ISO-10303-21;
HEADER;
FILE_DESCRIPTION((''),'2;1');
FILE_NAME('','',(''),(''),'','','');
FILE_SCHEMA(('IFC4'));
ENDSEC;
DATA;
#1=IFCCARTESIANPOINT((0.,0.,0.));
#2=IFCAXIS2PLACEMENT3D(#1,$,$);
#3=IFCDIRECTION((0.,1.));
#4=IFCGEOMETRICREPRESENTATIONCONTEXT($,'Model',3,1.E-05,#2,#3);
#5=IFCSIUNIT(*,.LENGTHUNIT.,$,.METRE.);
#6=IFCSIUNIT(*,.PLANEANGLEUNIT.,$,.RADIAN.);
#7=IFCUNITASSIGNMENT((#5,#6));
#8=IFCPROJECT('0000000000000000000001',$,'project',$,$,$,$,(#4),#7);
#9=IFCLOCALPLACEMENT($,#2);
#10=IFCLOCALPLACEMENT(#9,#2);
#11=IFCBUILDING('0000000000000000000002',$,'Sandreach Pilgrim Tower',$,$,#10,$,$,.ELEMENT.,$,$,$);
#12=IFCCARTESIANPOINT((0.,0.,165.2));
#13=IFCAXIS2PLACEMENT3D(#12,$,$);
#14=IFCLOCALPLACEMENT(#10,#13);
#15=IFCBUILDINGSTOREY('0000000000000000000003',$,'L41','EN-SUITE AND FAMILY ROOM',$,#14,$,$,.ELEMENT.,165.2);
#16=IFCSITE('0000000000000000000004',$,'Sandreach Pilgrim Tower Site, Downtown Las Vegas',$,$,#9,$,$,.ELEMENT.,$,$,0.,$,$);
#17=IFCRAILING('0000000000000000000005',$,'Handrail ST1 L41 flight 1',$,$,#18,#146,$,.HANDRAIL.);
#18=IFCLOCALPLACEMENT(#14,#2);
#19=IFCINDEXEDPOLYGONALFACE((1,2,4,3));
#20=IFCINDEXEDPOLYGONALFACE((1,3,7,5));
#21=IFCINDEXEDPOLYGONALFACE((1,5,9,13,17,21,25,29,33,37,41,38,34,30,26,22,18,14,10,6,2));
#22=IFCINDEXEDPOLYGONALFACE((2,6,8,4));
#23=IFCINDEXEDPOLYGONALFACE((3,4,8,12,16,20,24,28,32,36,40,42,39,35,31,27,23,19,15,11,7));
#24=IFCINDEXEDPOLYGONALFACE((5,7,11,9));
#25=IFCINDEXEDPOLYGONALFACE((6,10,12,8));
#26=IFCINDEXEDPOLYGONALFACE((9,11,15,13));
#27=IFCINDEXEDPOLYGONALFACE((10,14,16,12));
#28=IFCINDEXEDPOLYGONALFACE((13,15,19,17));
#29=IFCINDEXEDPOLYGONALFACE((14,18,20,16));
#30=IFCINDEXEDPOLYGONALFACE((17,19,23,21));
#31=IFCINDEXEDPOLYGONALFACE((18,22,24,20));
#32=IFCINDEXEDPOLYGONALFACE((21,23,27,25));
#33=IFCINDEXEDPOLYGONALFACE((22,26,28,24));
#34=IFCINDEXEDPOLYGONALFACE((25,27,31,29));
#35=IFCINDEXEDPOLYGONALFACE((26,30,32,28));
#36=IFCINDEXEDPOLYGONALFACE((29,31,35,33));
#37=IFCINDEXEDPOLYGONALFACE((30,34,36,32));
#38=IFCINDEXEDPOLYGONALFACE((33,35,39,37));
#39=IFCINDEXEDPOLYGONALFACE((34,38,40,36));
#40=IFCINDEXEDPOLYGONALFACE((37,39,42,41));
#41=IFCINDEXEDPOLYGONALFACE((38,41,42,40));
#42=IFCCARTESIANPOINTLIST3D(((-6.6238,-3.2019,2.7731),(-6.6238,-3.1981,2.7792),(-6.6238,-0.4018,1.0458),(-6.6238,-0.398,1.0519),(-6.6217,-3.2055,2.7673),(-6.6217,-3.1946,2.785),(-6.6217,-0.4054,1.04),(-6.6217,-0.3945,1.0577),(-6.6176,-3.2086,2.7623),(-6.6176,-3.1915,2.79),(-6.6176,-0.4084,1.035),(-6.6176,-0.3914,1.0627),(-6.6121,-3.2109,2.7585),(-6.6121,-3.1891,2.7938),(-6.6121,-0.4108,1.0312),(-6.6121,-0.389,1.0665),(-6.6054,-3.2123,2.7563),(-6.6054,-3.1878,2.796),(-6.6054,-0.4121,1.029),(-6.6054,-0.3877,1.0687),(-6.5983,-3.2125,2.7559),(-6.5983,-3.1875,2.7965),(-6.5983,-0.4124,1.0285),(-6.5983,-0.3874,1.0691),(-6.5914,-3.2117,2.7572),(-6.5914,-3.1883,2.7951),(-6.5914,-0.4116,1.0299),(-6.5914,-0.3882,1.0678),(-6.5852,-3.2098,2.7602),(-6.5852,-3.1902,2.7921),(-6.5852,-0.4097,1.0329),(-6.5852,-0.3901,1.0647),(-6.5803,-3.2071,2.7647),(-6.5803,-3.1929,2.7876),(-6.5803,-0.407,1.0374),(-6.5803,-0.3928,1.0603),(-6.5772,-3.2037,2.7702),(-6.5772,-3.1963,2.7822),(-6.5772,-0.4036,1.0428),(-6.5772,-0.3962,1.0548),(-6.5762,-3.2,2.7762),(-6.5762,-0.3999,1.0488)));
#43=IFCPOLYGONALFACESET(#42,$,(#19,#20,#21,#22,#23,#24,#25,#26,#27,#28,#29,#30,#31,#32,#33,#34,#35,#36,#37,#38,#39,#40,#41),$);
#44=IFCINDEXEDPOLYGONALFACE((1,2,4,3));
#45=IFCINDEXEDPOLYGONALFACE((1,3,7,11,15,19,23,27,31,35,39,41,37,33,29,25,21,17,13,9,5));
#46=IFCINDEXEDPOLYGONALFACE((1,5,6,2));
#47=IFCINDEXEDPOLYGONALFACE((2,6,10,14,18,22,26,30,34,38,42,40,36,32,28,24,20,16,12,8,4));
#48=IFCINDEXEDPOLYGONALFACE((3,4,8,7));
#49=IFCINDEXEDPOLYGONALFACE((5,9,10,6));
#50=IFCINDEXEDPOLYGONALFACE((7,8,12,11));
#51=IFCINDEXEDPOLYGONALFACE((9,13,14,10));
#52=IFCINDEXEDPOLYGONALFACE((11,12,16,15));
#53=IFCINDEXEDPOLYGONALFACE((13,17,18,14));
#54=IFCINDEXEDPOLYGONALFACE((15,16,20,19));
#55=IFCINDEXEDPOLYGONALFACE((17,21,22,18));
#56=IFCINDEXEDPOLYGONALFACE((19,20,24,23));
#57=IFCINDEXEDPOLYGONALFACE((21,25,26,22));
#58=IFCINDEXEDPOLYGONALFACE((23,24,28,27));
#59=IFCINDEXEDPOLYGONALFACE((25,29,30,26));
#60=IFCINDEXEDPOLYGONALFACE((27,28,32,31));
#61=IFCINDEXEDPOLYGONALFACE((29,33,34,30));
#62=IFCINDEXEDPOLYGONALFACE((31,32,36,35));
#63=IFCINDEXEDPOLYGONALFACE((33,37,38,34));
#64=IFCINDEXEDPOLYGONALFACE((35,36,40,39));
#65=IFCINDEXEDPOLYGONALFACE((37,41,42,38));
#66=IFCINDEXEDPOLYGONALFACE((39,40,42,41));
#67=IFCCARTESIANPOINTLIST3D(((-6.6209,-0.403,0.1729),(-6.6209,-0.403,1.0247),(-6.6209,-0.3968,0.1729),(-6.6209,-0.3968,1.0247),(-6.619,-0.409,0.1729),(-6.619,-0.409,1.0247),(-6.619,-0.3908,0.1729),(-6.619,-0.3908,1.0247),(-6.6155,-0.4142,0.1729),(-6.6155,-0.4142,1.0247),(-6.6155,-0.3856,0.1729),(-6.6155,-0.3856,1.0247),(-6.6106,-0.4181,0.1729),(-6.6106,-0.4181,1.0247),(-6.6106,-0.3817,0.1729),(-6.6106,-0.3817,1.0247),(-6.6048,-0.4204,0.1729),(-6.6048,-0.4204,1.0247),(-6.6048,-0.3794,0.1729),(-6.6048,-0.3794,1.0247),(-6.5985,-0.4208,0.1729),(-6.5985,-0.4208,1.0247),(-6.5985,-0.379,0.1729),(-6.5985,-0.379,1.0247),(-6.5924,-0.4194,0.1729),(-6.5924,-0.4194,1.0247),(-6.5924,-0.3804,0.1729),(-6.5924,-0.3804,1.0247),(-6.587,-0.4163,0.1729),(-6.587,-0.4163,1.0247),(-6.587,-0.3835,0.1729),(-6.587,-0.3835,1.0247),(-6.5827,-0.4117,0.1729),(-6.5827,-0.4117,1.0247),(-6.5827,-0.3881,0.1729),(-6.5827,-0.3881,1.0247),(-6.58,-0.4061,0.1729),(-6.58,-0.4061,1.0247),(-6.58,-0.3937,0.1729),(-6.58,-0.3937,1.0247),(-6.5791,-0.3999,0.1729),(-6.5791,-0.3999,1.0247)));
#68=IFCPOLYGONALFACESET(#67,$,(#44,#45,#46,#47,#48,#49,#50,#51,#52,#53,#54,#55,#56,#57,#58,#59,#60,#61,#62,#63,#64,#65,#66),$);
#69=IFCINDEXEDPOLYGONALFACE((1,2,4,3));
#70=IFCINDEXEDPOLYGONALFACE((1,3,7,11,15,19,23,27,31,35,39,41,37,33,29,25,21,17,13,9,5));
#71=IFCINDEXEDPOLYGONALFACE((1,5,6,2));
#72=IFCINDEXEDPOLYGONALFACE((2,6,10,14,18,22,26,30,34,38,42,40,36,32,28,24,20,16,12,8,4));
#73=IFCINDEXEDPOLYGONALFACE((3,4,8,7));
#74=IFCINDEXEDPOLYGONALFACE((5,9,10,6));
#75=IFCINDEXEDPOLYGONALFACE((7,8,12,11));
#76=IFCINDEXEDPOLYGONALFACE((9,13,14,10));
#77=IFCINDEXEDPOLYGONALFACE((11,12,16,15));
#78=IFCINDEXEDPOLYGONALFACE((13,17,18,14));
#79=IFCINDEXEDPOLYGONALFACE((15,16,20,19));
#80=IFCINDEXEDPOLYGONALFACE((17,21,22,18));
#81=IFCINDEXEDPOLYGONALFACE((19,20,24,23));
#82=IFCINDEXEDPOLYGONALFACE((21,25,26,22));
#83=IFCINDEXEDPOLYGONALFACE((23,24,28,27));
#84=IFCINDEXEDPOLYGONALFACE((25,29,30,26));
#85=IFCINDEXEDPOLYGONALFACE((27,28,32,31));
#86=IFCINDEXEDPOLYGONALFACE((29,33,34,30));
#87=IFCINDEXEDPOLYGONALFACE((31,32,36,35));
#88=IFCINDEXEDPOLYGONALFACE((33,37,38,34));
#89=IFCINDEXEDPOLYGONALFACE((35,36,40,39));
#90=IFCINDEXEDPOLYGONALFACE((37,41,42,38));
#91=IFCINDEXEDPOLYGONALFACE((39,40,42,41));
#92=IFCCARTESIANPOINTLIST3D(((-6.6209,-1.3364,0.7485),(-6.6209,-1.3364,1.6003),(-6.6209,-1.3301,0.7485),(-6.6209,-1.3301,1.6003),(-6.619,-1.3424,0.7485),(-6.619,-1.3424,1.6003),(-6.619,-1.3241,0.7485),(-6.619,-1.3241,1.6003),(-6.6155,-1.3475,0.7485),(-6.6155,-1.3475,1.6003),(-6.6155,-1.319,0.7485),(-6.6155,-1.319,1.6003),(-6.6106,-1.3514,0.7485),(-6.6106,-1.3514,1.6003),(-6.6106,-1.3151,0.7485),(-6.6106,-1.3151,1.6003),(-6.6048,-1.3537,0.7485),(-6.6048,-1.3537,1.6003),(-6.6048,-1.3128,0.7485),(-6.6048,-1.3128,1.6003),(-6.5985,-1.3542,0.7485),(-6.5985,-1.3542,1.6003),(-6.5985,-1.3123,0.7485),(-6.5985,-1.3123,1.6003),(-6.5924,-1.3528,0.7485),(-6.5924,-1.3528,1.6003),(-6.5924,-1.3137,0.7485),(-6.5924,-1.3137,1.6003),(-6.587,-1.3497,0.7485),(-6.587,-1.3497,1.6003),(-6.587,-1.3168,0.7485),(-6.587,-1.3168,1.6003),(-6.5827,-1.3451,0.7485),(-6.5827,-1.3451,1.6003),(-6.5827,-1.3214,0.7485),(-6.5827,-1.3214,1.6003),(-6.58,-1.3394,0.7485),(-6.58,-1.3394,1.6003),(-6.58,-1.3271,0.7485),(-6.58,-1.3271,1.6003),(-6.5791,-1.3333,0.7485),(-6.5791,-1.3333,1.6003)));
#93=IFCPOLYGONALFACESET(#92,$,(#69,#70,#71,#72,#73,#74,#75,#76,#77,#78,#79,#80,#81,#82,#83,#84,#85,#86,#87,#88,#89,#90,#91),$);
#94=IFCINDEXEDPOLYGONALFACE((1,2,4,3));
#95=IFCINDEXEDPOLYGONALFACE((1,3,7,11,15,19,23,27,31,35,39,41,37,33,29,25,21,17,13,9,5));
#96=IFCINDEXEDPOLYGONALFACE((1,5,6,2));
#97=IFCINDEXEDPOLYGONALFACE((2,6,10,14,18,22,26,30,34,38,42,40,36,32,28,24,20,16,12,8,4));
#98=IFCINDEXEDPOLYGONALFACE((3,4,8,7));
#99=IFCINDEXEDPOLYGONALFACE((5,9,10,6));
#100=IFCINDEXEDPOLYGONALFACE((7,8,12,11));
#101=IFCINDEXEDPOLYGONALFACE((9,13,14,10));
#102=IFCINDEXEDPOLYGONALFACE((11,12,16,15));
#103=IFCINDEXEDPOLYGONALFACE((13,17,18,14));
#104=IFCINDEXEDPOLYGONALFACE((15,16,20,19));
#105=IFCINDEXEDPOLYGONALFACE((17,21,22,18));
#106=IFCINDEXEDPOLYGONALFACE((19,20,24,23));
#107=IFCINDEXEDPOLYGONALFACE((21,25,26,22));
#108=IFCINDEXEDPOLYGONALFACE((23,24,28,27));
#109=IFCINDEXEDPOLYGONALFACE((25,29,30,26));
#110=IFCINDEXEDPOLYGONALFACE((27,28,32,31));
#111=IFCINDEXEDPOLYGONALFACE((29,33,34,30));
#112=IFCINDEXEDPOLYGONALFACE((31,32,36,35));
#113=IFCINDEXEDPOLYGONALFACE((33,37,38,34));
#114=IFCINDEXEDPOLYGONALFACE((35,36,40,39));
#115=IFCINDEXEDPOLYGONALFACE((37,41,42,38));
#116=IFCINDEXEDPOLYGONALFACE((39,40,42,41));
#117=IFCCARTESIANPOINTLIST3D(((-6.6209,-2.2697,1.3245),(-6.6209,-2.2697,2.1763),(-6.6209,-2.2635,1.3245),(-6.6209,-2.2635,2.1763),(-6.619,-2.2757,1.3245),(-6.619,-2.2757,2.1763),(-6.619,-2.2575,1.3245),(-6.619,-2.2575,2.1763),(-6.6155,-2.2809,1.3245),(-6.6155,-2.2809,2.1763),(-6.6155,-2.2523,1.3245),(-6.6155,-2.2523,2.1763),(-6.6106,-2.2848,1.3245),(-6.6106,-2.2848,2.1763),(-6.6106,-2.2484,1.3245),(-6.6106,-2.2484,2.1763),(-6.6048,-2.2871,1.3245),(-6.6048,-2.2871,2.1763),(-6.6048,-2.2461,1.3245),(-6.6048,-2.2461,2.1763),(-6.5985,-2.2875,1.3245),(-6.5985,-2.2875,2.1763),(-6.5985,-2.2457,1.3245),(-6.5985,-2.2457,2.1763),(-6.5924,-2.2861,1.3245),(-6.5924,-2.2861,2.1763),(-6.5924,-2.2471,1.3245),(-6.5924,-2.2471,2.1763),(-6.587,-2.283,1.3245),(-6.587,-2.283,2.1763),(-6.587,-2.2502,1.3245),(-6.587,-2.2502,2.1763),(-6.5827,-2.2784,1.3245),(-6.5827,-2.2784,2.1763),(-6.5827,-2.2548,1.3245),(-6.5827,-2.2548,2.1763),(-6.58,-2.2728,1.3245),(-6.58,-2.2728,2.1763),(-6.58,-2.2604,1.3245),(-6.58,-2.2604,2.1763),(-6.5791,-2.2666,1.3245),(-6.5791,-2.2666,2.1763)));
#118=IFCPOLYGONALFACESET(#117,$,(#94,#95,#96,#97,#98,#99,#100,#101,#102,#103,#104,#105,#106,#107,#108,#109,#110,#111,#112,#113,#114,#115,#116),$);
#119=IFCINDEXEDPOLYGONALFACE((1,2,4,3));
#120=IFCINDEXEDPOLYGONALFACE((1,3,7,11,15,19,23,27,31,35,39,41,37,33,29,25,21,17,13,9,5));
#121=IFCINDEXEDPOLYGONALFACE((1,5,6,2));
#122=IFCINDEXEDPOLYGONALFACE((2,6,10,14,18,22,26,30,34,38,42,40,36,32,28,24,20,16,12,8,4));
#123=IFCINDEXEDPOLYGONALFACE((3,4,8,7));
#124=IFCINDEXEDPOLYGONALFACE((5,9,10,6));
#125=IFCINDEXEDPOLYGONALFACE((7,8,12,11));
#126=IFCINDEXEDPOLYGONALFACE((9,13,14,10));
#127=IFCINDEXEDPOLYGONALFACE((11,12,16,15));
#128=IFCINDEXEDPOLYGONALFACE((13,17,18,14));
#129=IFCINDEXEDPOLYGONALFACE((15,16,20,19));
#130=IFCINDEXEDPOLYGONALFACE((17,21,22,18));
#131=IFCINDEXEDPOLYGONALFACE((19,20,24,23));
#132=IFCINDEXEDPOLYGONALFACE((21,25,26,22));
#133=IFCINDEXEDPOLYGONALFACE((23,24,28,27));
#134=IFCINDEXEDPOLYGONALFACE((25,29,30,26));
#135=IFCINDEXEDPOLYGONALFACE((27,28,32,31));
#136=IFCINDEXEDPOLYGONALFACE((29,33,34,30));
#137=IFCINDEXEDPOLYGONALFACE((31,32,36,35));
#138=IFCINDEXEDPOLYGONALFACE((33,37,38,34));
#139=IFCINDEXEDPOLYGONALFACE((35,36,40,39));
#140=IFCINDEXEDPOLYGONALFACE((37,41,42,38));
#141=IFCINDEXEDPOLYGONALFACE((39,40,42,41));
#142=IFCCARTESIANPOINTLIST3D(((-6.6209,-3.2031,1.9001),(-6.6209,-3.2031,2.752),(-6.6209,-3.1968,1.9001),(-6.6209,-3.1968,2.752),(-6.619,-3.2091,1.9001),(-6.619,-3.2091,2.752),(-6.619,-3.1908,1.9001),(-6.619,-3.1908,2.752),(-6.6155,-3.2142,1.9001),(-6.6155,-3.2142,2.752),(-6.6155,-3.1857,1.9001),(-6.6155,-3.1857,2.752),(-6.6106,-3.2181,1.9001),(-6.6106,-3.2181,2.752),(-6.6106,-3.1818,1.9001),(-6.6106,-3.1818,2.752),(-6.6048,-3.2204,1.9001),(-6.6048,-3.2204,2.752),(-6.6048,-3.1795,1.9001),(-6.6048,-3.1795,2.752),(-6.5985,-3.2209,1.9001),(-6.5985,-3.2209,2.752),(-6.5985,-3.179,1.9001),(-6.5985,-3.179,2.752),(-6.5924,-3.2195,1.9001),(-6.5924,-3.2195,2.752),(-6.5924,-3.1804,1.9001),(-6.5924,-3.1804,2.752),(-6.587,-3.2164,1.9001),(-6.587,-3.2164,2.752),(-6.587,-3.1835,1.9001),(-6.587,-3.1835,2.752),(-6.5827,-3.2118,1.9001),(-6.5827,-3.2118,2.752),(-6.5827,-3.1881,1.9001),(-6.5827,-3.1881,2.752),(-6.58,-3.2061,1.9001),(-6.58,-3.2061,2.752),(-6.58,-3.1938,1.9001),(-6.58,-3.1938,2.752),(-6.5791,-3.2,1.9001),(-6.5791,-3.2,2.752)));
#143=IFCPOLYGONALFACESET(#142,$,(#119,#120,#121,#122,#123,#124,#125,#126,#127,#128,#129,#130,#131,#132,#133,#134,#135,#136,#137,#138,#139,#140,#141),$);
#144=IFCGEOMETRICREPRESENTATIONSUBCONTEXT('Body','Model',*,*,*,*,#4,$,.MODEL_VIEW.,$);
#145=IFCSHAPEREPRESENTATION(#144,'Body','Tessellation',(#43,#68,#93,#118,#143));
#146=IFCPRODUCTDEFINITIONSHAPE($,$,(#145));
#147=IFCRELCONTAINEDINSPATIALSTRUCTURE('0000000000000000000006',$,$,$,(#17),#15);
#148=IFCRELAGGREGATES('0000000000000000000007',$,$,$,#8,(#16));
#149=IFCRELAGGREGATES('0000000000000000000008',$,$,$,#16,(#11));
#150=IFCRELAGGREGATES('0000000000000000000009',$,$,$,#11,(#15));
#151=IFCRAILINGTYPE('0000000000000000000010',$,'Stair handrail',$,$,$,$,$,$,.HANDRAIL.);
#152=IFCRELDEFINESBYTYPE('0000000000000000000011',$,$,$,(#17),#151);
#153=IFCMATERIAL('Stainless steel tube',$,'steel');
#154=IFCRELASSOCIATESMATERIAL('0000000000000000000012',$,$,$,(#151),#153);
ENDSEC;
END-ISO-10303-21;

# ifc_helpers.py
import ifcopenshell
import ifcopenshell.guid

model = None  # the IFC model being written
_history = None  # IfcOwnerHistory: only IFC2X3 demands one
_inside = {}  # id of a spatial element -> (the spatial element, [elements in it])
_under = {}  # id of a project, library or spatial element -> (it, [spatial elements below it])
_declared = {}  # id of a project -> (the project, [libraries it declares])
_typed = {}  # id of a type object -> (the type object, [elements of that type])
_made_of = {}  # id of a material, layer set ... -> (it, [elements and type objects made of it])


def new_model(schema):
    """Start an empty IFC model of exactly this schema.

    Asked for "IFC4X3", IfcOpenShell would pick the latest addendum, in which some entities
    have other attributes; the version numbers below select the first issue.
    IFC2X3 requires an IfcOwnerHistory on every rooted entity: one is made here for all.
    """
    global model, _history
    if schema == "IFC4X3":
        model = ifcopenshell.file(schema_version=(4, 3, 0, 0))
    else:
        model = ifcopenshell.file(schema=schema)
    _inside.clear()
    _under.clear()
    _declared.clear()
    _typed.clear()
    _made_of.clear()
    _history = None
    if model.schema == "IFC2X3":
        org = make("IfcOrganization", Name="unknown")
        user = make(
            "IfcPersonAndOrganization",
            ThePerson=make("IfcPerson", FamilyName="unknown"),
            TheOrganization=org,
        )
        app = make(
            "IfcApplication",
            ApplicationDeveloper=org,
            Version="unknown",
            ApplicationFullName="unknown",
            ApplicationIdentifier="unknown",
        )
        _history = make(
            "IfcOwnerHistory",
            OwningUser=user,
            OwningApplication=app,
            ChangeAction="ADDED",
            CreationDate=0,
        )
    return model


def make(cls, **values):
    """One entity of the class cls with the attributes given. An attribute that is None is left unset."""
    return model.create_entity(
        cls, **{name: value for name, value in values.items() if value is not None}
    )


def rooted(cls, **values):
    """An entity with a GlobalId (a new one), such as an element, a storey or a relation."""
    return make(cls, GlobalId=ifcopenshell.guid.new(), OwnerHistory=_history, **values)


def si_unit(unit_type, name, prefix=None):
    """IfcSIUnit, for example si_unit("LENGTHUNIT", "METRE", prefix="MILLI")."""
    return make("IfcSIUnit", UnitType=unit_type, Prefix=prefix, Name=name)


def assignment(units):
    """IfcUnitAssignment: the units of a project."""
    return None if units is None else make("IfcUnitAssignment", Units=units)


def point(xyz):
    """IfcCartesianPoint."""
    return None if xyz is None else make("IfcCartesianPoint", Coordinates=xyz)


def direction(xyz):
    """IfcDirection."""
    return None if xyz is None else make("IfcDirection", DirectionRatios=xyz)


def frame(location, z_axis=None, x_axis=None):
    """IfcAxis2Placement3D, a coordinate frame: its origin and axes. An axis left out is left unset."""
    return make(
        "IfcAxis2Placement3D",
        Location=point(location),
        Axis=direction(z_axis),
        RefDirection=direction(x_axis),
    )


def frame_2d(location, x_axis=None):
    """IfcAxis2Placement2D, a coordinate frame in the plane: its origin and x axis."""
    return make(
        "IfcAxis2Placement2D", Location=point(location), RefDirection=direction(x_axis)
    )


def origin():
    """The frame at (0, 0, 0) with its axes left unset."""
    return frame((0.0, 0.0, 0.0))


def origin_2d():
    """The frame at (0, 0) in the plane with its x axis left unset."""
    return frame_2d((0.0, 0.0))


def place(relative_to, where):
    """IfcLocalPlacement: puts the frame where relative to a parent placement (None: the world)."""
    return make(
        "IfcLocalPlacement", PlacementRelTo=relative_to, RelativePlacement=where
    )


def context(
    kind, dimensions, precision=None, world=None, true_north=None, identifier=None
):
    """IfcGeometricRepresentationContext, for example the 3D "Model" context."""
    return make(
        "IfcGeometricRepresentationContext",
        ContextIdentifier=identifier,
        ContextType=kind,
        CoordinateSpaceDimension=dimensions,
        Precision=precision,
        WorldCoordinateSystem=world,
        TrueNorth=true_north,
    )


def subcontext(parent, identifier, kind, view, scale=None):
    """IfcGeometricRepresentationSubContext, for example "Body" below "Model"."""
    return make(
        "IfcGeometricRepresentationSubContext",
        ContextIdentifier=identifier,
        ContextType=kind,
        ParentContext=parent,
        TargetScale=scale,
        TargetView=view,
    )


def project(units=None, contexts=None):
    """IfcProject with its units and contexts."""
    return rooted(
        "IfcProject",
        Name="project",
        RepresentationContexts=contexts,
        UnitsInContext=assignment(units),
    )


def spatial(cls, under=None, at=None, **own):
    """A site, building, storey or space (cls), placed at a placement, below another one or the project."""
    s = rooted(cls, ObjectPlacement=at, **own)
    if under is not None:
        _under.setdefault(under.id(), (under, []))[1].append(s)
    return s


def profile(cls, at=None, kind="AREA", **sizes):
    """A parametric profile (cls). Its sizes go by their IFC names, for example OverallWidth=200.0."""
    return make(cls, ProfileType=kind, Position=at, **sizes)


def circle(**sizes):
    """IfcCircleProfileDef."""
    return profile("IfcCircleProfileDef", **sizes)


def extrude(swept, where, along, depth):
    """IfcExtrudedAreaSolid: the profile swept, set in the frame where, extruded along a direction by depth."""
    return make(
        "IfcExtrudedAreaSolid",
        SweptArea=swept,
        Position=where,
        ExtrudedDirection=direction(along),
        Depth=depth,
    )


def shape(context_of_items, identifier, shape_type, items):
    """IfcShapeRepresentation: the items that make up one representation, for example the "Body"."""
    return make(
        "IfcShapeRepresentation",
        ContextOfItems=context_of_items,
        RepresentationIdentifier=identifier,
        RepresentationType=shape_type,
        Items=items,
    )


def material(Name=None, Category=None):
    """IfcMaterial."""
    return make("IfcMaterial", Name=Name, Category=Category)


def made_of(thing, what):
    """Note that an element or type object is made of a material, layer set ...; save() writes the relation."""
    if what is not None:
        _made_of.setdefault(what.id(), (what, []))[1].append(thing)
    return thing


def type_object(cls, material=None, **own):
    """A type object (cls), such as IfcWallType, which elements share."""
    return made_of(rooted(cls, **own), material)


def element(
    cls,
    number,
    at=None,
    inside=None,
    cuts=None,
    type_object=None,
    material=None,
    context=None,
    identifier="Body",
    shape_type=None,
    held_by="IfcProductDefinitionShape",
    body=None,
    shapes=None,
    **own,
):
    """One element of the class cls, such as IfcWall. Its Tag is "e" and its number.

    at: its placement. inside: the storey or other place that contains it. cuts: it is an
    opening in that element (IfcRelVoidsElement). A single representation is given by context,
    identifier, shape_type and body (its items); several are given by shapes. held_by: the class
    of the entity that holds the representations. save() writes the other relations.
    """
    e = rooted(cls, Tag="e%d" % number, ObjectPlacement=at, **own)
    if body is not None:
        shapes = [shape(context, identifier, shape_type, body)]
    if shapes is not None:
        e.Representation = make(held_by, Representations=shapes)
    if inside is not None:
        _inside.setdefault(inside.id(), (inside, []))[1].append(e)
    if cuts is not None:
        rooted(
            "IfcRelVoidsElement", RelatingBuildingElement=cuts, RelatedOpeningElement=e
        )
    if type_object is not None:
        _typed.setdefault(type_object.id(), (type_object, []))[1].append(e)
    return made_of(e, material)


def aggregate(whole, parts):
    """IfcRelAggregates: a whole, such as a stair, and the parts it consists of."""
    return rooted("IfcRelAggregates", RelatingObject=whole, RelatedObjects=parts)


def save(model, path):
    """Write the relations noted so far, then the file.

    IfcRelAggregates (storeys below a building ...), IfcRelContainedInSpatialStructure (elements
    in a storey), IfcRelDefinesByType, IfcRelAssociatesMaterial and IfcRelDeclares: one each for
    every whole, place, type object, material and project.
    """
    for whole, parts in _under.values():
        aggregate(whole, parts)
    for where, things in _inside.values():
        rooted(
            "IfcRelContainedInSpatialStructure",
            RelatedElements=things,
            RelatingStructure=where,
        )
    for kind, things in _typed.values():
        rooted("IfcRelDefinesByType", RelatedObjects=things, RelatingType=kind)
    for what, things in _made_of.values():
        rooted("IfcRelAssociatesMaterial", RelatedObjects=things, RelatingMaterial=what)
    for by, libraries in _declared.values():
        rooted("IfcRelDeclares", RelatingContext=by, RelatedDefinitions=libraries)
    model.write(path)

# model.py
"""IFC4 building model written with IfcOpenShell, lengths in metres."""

from ifc_helpers import new_model, si_unit, direction, frame, origin, origin_2d, place, context, subcontext, project, spatial, circle, extrude, material, type_object, element, save


model = new_model("IFC4")

# Units and contexts
model_context = context("Model", 3, precision=1e-05, world=origin(), true_north=direction((0.0, 1.0)))
body_context = subcontext(model_context, "Body", "Model", "MODEL_VIEW")
ifc_project = project(units=[si_unit("LENGTHUNIT", "METRE"), si_unit("PLANEANGLEUNIT", "RADIAN")], contexts=[model_context])

# Site, building, storey
site_placement = place(None, origin())
site = spatial("IfcSite", under=ifc_project, at=site_placement, Name="Sandreach Pilgrim Tower Site, Downtown Las Vegas", CompositionType="ELEMENT", RefElevation=0.0)
building_placement = place(site_placement, origin())
building = spatial("IfcBuilding", under=site, at=building_placement, Name="Sandreach Pilgrim Tower", CompositionType="ELEMENT")
storey_placement = place(building_placement, frame((0.0, 0.0, 165.2)))
storey = spatial("IfcBuildingStorey", under=building, at=storey_placement, Name="L41", Description="EN-SUITE AND FAMILY ROOM", CompositionType="ELEMENT", Elevation=165.2)

# Railing
ifc_material_1 = material(Name="Stainless steel tube", Category="steel")
railing_type = type_object("IfcRailingType", Name="Stair handrail", PredefinedType="HANDRAIL", material=ifc_material_1)
railing_placement = place(storey_placement, frame((-6.6001, -0.3999, 0.1729)))
element("IfcRailing", 1, at=railing_placement, inside=storey, type_object=railing_type, Name="Handrail ST1 L41 flight 1", PredefinedType="HANDRAIL", context=body_context, shape_type="SweptSolid", body=[
    extrude(circle(Radius=0.0239, at=origin_2d()), frame((0.0, 0.0, 0.876), z_axis=(0.0, -0.85109, 0.52502), x_axis=(1.0, 0.0, 0.0)), (0.0, 0.0, 1.0), 3.29),
    extrude(circle(Radius=0.021, at=origin_2d()), origin(), (0.0, 0.0, 1.0), 0.8518),
    extrude(circle(Radius=0.021, at=origin_2d()), frame((0.0, -0.9333, 0.5757)), (0.0, 0.0, 1.0), 0.8518),
    extrude(circle(Radius=0.021, at=origin_2d()), frame((0.0, -1.8667, 1.1516)), (0.0, 0.0, 1.0), 0.8518),
    extrude(circle(Radius=0.021, at=origin_2d()), frame((0.0, -2.8, 1.7273)), (0.0, 0.0, 1.0), 0.8518),
])

save(model, "model.ifc")
